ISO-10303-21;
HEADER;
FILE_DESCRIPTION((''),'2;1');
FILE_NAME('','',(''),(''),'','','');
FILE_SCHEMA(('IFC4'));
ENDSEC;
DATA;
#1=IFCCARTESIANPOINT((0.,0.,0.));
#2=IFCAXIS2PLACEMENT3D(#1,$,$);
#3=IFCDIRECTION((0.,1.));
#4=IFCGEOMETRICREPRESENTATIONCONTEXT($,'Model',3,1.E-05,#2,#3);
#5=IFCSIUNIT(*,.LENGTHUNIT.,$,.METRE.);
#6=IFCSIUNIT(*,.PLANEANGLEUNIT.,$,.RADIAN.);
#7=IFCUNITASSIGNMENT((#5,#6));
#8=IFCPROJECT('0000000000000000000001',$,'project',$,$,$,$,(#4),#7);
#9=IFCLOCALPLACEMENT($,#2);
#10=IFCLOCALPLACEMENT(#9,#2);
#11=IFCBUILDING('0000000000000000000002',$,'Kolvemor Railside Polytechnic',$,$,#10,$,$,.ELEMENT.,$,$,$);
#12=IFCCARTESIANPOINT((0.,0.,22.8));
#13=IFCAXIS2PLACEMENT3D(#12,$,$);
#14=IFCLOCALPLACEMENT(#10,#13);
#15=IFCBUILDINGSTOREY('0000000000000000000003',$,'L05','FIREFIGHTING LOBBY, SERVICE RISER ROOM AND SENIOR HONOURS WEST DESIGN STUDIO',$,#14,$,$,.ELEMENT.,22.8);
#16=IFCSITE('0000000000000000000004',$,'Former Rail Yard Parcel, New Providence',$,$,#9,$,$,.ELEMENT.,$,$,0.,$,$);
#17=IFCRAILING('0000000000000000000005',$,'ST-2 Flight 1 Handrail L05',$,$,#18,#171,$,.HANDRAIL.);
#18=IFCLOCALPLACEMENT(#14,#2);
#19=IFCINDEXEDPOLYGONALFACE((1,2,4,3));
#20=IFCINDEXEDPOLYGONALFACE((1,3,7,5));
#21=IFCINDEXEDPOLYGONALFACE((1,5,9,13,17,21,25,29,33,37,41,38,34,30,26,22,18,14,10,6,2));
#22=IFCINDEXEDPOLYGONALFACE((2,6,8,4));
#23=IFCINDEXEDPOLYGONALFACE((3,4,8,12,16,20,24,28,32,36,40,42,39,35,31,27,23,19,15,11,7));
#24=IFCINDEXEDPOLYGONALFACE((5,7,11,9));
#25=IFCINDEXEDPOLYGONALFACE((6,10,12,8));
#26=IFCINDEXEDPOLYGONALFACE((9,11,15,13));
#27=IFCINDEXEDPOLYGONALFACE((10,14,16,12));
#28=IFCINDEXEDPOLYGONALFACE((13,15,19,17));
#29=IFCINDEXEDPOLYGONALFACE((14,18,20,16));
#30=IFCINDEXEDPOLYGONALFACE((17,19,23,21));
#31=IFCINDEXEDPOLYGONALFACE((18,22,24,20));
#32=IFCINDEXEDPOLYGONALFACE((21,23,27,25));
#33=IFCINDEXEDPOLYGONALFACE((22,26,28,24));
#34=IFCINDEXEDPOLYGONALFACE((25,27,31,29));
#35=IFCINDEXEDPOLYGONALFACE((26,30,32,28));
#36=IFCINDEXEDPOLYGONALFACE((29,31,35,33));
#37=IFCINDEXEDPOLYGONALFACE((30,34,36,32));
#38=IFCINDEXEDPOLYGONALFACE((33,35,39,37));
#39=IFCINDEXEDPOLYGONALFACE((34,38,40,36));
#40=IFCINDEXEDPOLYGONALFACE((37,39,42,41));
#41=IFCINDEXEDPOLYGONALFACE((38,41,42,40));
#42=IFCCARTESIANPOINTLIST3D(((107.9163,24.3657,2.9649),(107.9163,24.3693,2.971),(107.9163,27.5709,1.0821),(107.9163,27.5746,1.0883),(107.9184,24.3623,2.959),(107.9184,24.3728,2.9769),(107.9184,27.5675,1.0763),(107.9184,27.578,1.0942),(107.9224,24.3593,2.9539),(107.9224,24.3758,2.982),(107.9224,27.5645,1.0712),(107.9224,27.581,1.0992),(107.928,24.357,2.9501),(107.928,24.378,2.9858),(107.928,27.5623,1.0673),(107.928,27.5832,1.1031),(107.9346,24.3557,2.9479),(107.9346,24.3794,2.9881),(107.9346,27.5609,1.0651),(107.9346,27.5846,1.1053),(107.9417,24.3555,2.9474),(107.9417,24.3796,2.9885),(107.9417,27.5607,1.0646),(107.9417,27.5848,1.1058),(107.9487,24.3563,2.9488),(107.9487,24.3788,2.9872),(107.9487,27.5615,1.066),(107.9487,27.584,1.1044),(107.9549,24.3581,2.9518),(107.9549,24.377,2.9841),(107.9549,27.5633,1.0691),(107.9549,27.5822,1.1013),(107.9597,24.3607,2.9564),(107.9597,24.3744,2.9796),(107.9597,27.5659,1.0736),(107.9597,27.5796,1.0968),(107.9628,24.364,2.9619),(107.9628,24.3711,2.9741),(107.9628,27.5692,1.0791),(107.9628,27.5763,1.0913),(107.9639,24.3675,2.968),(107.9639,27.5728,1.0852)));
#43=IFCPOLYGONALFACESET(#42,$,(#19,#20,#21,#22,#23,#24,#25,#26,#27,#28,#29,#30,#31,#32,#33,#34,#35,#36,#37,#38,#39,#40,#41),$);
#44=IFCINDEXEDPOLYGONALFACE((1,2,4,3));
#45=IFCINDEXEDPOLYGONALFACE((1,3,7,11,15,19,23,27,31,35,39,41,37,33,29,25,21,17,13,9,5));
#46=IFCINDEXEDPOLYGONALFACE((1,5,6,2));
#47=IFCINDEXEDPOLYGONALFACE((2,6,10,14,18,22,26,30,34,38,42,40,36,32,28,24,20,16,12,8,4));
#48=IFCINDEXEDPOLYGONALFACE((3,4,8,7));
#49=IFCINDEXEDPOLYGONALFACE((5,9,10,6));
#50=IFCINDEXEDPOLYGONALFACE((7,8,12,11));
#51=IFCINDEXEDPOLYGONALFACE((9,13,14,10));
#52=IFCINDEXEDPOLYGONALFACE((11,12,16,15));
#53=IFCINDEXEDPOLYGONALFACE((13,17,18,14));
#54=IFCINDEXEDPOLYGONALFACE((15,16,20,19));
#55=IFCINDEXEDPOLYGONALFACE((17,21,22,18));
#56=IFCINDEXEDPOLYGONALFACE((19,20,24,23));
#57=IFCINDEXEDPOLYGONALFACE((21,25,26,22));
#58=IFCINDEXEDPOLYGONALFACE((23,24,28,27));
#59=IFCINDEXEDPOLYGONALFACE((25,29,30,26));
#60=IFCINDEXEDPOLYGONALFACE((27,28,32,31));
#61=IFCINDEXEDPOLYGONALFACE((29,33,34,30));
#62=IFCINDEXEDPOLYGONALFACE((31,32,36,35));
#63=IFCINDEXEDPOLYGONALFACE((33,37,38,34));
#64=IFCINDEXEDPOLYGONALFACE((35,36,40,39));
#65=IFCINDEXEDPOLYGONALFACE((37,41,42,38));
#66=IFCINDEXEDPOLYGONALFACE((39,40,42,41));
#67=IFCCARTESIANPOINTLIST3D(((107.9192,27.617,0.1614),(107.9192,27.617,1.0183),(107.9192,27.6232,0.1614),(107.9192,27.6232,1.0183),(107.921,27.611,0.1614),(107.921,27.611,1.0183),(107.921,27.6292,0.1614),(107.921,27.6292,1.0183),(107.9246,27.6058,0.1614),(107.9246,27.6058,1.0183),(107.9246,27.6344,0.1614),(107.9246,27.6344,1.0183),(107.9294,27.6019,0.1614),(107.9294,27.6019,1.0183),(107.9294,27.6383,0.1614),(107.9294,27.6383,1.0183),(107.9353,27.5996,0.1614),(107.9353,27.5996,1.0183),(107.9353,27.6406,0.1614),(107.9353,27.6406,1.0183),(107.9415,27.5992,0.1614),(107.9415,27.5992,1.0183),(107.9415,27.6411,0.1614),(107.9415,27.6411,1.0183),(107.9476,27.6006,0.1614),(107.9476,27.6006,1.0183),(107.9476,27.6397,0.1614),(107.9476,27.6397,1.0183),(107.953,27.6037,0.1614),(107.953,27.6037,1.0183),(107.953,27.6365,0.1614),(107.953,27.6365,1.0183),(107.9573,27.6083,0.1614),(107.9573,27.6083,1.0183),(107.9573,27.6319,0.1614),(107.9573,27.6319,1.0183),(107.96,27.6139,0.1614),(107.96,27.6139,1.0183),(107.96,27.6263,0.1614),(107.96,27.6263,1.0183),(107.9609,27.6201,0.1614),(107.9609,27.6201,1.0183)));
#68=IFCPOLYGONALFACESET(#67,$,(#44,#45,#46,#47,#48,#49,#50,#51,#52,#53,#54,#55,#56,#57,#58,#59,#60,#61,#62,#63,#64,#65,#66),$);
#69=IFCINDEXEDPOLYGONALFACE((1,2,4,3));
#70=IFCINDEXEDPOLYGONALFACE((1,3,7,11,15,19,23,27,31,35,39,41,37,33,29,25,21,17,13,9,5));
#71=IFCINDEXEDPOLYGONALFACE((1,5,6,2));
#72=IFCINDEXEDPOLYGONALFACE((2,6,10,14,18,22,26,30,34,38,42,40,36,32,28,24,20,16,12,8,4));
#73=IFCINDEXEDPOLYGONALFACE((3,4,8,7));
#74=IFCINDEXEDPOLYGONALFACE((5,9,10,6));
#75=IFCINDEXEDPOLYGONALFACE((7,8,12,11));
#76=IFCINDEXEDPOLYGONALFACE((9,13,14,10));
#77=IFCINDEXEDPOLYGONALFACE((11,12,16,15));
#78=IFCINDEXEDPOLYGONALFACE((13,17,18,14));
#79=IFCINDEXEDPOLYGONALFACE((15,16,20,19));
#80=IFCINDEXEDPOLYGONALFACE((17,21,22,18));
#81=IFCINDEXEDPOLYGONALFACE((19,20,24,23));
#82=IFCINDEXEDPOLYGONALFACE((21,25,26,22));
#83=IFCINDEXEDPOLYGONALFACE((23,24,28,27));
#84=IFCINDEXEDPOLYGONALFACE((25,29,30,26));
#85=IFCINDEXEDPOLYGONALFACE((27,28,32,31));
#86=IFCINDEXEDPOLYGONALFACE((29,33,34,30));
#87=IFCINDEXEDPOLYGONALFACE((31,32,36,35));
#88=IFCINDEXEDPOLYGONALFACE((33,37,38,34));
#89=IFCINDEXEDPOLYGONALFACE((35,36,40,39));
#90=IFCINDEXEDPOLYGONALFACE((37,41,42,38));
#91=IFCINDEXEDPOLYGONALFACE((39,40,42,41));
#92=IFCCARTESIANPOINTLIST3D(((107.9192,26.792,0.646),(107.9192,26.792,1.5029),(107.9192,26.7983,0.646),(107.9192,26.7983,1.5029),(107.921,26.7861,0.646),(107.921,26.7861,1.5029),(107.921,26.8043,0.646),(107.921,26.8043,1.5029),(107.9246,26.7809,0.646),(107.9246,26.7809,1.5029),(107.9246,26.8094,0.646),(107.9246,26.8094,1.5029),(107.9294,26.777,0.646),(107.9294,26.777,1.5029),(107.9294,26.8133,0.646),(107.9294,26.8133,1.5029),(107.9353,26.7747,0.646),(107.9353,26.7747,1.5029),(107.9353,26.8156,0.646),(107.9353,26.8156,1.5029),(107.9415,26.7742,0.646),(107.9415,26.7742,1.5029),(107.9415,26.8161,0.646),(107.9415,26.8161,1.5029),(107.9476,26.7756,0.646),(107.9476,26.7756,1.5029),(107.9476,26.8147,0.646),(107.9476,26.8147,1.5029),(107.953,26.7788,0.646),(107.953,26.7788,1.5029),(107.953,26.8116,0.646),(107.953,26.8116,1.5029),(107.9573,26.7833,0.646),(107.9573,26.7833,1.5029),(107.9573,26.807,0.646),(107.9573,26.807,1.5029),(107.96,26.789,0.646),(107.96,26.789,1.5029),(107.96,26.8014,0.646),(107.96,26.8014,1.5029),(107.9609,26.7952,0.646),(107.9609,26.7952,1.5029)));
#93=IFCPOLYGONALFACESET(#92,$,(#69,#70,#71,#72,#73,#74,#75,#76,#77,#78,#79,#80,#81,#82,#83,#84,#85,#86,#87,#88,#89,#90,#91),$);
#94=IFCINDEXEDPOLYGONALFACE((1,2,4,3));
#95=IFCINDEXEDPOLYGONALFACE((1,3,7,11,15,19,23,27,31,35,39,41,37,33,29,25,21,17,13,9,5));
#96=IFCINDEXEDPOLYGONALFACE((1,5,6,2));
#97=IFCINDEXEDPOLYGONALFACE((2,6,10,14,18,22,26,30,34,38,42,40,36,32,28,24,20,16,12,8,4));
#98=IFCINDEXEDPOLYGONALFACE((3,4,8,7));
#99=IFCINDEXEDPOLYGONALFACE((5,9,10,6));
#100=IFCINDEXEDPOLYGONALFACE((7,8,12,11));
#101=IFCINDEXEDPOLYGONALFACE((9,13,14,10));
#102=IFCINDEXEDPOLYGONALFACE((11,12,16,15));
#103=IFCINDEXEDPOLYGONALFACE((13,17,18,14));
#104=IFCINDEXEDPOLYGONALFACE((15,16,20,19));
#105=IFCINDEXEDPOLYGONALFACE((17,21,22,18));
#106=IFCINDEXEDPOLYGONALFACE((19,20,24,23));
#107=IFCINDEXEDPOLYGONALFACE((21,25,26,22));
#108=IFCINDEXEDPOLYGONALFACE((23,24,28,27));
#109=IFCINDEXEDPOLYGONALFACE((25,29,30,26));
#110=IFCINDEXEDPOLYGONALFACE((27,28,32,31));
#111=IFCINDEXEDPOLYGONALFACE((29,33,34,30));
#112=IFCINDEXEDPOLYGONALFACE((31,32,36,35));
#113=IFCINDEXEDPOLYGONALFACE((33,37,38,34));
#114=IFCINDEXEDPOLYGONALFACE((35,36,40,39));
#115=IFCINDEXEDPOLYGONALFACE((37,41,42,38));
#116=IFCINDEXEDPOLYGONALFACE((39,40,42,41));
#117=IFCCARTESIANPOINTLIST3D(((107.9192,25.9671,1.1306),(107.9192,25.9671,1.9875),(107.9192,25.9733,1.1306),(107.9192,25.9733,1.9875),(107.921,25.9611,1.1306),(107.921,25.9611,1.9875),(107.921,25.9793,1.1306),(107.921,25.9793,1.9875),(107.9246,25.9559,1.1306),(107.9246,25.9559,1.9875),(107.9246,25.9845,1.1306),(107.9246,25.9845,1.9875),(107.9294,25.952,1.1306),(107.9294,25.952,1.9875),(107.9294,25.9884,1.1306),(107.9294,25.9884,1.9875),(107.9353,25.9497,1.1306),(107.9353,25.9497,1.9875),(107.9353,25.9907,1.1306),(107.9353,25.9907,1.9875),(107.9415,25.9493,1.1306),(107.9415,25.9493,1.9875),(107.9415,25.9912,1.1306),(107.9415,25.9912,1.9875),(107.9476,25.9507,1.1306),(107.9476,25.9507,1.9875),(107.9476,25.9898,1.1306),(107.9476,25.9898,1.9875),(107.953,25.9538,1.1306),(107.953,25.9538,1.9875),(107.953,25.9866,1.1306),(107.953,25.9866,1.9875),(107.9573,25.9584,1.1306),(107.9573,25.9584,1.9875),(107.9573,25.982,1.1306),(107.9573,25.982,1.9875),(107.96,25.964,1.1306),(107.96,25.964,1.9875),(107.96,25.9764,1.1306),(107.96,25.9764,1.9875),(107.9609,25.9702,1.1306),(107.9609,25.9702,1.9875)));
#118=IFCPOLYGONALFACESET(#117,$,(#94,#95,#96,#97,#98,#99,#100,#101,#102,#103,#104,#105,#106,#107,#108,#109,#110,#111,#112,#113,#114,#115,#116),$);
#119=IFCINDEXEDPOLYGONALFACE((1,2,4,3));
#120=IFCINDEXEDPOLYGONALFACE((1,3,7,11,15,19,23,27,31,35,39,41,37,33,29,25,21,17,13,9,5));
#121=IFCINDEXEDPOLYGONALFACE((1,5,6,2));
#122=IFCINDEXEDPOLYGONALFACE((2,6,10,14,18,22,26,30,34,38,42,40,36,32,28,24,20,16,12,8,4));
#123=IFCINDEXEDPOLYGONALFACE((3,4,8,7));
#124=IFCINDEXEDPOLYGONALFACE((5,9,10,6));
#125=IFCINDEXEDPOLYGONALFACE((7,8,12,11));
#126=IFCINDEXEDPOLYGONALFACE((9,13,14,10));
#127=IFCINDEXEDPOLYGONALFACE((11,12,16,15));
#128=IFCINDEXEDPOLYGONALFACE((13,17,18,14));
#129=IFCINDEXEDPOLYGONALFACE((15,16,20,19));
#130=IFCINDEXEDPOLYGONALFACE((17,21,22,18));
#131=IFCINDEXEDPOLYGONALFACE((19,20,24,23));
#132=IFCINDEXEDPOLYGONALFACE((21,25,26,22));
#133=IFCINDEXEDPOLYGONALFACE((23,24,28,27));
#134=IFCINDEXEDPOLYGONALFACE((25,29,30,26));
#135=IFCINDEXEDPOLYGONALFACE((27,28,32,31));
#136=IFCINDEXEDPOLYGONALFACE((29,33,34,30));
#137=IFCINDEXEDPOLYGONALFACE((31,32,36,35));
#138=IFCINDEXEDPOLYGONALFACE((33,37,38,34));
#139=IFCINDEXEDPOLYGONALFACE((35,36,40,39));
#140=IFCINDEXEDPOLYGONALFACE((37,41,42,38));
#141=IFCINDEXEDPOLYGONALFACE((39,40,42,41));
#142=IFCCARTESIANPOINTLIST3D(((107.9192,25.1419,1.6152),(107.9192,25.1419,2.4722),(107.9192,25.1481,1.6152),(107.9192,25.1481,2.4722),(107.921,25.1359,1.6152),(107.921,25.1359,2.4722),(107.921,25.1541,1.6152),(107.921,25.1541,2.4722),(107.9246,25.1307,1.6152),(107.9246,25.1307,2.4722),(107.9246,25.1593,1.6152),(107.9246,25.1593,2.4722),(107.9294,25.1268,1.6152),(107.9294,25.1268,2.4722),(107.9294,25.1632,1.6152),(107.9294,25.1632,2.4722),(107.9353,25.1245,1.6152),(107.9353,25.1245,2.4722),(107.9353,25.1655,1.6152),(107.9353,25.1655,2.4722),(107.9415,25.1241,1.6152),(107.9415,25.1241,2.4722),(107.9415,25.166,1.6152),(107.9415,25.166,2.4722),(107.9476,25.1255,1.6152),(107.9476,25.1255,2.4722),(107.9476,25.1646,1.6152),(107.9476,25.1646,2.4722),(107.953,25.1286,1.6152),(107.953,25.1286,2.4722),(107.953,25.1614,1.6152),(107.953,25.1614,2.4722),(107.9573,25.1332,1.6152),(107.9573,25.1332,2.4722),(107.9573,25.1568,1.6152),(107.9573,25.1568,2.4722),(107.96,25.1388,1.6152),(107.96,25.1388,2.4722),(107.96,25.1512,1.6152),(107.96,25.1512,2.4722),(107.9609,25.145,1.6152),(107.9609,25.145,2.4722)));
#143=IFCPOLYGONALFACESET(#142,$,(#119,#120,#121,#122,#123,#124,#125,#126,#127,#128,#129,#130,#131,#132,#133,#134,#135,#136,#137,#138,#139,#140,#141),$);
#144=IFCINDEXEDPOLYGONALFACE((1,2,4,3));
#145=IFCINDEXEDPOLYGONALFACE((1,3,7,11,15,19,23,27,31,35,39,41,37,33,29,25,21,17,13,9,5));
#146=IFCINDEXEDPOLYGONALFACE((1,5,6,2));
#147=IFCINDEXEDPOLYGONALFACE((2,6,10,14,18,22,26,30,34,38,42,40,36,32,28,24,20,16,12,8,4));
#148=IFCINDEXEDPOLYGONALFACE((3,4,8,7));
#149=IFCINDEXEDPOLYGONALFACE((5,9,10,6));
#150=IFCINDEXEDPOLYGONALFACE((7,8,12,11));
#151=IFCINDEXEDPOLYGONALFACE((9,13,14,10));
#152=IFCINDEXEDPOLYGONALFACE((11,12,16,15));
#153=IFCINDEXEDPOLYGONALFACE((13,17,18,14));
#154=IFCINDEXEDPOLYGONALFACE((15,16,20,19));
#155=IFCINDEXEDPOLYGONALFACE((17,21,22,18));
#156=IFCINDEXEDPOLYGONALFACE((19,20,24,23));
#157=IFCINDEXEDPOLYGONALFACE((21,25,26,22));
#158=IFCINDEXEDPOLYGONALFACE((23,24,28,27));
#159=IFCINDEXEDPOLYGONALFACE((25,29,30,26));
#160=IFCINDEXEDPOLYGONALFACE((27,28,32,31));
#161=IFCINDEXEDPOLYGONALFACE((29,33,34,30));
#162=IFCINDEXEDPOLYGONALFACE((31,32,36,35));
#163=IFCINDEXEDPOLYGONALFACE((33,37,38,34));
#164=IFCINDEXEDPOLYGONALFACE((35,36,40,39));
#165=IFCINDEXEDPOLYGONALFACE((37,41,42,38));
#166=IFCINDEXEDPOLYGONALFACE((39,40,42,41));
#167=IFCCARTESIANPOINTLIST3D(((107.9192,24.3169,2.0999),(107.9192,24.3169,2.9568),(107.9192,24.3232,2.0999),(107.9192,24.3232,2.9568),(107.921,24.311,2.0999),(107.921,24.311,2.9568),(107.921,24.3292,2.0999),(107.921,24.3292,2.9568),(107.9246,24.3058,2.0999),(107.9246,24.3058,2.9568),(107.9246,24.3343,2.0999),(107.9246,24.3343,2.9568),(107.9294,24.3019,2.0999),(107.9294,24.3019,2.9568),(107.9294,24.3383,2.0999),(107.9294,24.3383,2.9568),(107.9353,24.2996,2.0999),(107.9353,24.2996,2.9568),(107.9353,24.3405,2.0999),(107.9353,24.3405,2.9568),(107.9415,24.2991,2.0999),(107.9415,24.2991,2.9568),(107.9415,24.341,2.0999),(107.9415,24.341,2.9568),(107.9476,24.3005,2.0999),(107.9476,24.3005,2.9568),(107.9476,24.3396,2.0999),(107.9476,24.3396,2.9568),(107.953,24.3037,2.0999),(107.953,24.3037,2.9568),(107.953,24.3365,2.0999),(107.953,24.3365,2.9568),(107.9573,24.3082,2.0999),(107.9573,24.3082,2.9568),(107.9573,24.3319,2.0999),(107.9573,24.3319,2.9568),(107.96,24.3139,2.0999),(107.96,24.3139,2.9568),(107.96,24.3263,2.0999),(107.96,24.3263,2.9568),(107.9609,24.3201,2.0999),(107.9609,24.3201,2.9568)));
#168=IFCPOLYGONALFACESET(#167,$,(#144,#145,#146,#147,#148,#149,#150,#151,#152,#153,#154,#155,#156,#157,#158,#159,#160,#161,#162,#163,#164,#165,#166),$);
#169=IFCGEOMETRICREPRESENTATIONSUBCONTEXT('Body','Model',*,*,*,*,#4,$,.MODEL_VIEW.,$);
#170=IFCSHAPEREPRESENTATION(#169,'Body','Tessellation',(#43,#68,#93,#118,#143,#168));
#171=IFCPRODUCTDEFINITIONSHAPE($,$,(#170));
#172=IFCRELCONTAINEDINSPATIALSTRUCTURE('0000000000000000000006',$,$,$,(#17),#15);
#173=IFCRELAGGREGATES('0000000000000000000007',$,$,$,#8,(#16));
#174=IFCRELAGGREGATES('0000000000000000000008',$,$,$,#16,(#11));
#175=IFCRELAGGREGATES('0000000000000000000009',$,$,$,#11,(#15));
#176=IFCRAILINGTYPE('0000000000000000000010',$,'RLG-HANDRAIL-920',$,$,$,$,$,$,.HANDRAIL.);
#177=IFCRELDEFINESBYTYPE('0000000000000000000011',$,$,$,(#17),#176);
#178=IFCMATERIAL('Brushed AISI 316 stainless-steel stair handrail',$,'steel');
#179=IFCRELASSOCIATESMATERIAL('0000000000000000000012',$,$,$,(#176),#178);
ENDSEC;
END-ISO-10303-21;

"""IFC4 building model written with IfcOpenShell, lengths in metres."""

from ifc_helpers import new_model, si_unit, direction, frame, origin, origin_2d, place, context, subcontext, project, spatial, circle, extrude, material, type_object, element, save


model = new_model("IFC4")

# Units and contexts
model_context = context("Model", 3, precision=1e-05, world=origin(), true_north=direction((0.0, 1.0)))
body_context = subcontext(model_context, "Body", "Model", "MODEL_VIEW")
ifc_project = project(units=[si_unit("LENGTHUNIT", "METRE"), si_unit("PLANEANGLEUNIT", "RADIAN")], contexts=[model_context])

# Site, building, storey
site_placement = place(None, origin())
site = spatial("IfcSite", under=ifc_project, at=site_placement, Name="Former Rail Yard Parcel, New Providence", CompositionType="ELEMENT", RefElevation=0.0)
building_placement = place(site_placement, origin())
building = spatial("IfcBuilding", under=site, at=building_placement, Name="Kolvemor Railside Polytechnic", CompositionType="ELEMENT")
storey_placement = place(building_placement, frame((0.0, 0.0, 22.8)))
storey = spatial("IfcBuildingStorey", under=building, at=storey_placement, Name="L05", Description="FIREFIGHTING LOBBY, SERVICE RISER ROOM AND SENIOR HONOURS WEST DESIGN STUDIO", CompositionType="ELEMENT", Elevation=22.8)

# Railing
ifc_material_1 = material(Name="Brushed AISI 316 stainless-steel stair handrail", Category="steel")
railing_type_1 = type_object("IfcRailingType", Name="RLG-HANDRAIL-920", PredefinedType="HANDRAIL", material=ifc_material_1)
railing_1_placement = place(storey_placement, frame((107.9399, 27.6201, 0.1614)))
element("IfcRailing", 1, at=railing_1_placement, inside=storey, type_object=railing_type_1, Name="ST-2 Flight 1 Handrail L05", PredefinedType="HANDRAIL", context=body_context, shape_type="SweptSolid", body=[
    extrude(circle(Radius=0.0239, at=origin_2d()), frame((0.0, -0.0474, 0.9238), z_axis=(0.0, -0.862246, 0.50649), x_axis=(1.0, 0.0, 0.0)), (0.0, 0.0, 1.0), 3.7173),
    extrude(circle(Radius=0.021, at=origin_2d()), origin(), (0.0, 0.0, 1.0), 0.8569),
    extrude(circle(Radius=0.021, at=origin_2d()), frame((0.0, -0.825, 0.4846)), (0.0, 0.0, 1.0), 0.8569),
    extrude(circle(Radius=0.021, at=origin_2d()), frame((0.0, -1.6499, 0.9692)), (0.0, 0.0, 1.0), 0.8569),
    extrude(circle(Radius=0.021, at=origin_2d()), frame((0.0, -2.4751, 1.4539)), (0.0, 0.0, 1.0), 0.8569),
    extrude(circle(Radius=0.021, at=origin_2d()), frame((0.0, -3.3, 1.9385)), (0.0, 0.0, 1.0), 0.8569),
])

save(model, "model.ifc")
